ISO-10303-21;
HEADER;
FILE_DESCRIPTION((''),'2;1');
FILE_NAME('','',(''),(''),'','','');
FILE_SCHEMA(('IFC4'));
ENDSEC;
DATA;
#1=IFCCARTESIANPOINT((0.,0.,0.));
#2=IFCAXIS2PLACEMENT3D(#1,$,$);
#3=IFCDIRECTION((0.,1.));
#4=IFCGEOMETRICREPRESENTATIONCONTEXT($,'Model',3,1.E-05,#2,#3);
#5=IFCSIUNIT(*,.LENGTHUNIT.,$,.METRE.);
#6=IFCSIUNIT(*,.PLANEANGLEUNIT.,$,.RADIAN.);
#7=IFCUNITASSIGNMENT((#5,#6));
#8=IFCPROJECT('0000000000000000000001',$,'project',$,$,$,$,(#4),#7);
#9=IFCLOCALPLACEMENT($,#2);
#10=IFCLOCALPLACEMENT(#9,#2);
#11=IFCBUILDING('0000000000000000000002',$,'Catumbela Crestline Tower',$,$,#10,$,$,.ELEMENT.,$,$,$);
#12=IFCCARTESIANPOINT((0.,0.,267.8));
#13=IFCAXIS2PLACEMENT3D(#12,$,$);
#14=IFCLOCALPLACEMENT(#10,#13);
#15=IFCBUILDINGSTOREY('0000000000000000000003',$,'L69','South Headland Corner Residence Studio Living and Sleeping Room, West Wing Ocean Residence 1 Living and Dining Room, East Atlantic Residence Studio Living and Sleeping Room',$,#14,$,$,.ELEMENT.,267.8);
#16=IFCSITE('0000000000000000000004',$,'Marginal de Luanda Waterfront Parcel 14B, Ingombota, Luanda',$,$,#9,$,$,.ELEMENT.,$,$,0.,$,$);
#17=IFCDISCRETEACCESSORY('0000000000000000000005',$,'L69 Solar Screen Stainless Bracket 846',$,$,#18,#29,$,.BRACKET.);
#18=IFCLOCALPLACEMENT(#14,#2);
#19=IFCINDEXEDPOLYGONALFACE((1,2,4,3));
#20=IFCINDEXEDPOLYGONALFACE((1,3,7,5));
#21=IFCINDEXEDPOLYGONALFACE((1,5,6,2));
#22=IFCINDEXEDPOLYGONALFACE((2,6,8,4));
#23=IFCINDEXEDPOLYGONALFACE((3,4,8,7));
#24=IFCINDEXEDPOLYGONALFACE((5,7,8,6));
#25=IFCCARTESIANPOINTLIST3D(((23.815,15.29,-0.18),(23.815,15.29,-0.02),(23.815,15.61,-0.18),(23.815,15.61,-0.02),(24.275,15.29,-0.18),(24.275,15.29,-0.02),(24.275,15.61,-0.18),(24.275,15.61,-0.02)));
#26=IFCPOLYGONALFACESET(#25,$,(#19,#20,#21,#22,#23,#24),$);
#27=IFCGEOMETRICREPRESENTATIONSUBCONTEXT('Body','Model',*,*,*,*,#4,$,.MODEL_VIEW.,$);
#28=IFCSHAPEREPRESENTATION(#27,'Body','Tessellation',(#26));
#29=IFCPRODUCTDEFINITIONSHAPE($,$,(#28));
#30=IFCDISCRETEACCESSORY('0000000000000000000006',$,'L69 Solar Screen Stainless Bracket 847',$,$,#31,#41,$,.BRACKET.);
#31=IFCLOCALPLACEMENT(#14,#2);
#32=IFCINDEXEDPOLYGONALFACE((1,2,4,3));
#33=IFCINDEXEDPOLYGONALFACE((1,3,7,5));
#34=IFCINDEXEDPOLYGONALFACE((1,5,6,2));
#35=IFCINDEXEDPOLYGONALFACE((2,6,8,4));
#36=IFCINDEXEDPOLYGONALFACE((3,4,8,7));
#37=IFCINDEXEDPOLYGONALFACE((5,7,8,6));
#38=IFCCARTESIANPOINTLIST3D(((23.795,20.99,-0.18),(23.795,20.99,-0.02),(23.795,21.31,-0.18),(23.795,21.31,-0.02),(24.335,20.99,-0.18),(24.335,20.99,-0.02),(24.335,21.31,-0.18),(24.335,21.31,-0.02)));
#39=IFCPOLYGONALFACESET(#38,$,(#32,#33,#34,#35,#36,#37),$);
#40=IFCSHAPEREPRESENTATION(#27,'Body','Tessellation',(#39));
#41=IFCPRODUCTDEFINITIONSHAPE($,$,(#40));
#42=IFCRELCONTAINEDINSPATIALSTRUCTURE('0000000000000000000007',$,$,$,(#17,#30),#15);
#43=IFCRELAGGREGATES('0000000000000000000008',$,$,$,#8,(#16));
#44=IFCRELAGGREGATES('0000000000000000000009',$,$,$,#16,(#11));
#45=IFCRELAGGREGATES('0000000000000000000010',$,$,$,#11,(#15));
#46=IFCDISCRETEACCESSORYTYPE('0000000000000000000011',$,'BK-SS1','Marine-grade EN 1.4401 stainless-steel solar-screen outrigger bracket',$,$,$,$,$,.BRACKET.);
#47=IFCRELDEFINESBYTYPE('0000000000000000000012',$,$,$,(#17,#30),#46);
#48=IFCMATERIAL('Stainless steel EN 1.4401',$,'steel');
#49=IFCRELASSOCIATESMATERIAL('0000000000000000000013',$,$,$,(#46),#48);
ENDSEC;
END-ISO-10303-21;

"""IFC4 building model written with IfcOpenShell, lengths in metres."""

from ifc_helpers import new_model, si_unit, direction, frame, origin, origin_2d, place, context, subcontext, project, spatial, rectangle, extrude, material, type_object, element, save


model = new_model("IFC4")

# Units and contexts
model_context = context("Model", 3, precision=1e-05, world=origin(), true_north=direction((0.0, 1.0)))
body_context = subcontext(model_context, "Body", "Model", "MODEL_VIEW")
ifc_project = project(units=[si_unit("LENGTHUNIT", "METRE"), si_unit("PLANEANGLEUNIT", "RADIAN")], contexts=[model_context])

# Site, building, storey
site_placement = place(None, origin())
site = spatial("IfcSite", under=ifc_project, at=site_placement, Name="Marginal de Luanda Waterfront Parcel 14B, Ingombota, Luanda", CompositionType="ELEMENT", RefElevation=0.0)
building_placement = place(site_placement, origin())
building = spatial("IfcBuilding", under=site, at=building_placement, Name="Catumbela Crestline Tower", CompositionType="ELEMENT")
storey_placement = place(building_placement, frame((0.0, 0.0, 267.8)))
storey = spatial("IfcBuildingStorey", under=building, at=storey_placement, Name="L69", Description="South Headland Corner Residence Studio Living and Sleeping Room, West Wing Ocean Residence 1 Living and Dining Room, East Atlantic Residence Studio Living and Sleeping Room", CompositionType="ELEMENT", Elevation=267.8)

# Shared definitions
ifc_material_1 = material(Name="Stainless steel EN 1.4401", Category="steel")

# Discrete accessories
discrete_accessory_type = type_object("IfcDiscreteAccessoryType", Name="BK-SS1", Description="Marine-grade EN 1.4401 stainless-steel solar-screen outrigger bracket", PredefinedType="BRACKET", material=ifc_material_1)
discrete_accessory_1_placement = place(storey_placement, frame((24.045, 15.45, -0.18), z_axis=(0.0, 0.0, 1.0), x_axis=(0.0, 1.0, 0.0)))
element("IfcDiscreteAccessory", 1, at=discrete_accessory_1_placement, inside=storey, type_object=discrete_accessory_type, Name="L69 Solar Screen Stainless Bracket 846", PredefinedType="BRACKET", context=body_context, shape_type="SweptSolid", body=[
    extrude(rectangle(XDim=0.32, YDim=0.46, at=origin_2d()), origin(), (0.0, 0.0, 1.0), 0.16),
])
discrete_accessory_2_placement = place(storey_placement, frame((24.065, 21.15, -0.18), z_axis=(0.0, 0.0, 1.0), x_axis=(0.0, 1.0, 0.0)))
element("IfcDiscreteAccessory", 2, at=discrete_accessory_2_placement, inside=storey, type_object=discrete_accessory_type, Name="L69 Solar Screen Stainless Bracket 847", PredefinedType="BRACKET", context=body_context, shape_type="SweptSolid", body=[
    extrude(rectangle(XDim=0.32, YDim=0.54, at=origin_2d()), origin(), (0.0, 0.0, 1.0), 0.16),
])

save(model, "model.ifc")
